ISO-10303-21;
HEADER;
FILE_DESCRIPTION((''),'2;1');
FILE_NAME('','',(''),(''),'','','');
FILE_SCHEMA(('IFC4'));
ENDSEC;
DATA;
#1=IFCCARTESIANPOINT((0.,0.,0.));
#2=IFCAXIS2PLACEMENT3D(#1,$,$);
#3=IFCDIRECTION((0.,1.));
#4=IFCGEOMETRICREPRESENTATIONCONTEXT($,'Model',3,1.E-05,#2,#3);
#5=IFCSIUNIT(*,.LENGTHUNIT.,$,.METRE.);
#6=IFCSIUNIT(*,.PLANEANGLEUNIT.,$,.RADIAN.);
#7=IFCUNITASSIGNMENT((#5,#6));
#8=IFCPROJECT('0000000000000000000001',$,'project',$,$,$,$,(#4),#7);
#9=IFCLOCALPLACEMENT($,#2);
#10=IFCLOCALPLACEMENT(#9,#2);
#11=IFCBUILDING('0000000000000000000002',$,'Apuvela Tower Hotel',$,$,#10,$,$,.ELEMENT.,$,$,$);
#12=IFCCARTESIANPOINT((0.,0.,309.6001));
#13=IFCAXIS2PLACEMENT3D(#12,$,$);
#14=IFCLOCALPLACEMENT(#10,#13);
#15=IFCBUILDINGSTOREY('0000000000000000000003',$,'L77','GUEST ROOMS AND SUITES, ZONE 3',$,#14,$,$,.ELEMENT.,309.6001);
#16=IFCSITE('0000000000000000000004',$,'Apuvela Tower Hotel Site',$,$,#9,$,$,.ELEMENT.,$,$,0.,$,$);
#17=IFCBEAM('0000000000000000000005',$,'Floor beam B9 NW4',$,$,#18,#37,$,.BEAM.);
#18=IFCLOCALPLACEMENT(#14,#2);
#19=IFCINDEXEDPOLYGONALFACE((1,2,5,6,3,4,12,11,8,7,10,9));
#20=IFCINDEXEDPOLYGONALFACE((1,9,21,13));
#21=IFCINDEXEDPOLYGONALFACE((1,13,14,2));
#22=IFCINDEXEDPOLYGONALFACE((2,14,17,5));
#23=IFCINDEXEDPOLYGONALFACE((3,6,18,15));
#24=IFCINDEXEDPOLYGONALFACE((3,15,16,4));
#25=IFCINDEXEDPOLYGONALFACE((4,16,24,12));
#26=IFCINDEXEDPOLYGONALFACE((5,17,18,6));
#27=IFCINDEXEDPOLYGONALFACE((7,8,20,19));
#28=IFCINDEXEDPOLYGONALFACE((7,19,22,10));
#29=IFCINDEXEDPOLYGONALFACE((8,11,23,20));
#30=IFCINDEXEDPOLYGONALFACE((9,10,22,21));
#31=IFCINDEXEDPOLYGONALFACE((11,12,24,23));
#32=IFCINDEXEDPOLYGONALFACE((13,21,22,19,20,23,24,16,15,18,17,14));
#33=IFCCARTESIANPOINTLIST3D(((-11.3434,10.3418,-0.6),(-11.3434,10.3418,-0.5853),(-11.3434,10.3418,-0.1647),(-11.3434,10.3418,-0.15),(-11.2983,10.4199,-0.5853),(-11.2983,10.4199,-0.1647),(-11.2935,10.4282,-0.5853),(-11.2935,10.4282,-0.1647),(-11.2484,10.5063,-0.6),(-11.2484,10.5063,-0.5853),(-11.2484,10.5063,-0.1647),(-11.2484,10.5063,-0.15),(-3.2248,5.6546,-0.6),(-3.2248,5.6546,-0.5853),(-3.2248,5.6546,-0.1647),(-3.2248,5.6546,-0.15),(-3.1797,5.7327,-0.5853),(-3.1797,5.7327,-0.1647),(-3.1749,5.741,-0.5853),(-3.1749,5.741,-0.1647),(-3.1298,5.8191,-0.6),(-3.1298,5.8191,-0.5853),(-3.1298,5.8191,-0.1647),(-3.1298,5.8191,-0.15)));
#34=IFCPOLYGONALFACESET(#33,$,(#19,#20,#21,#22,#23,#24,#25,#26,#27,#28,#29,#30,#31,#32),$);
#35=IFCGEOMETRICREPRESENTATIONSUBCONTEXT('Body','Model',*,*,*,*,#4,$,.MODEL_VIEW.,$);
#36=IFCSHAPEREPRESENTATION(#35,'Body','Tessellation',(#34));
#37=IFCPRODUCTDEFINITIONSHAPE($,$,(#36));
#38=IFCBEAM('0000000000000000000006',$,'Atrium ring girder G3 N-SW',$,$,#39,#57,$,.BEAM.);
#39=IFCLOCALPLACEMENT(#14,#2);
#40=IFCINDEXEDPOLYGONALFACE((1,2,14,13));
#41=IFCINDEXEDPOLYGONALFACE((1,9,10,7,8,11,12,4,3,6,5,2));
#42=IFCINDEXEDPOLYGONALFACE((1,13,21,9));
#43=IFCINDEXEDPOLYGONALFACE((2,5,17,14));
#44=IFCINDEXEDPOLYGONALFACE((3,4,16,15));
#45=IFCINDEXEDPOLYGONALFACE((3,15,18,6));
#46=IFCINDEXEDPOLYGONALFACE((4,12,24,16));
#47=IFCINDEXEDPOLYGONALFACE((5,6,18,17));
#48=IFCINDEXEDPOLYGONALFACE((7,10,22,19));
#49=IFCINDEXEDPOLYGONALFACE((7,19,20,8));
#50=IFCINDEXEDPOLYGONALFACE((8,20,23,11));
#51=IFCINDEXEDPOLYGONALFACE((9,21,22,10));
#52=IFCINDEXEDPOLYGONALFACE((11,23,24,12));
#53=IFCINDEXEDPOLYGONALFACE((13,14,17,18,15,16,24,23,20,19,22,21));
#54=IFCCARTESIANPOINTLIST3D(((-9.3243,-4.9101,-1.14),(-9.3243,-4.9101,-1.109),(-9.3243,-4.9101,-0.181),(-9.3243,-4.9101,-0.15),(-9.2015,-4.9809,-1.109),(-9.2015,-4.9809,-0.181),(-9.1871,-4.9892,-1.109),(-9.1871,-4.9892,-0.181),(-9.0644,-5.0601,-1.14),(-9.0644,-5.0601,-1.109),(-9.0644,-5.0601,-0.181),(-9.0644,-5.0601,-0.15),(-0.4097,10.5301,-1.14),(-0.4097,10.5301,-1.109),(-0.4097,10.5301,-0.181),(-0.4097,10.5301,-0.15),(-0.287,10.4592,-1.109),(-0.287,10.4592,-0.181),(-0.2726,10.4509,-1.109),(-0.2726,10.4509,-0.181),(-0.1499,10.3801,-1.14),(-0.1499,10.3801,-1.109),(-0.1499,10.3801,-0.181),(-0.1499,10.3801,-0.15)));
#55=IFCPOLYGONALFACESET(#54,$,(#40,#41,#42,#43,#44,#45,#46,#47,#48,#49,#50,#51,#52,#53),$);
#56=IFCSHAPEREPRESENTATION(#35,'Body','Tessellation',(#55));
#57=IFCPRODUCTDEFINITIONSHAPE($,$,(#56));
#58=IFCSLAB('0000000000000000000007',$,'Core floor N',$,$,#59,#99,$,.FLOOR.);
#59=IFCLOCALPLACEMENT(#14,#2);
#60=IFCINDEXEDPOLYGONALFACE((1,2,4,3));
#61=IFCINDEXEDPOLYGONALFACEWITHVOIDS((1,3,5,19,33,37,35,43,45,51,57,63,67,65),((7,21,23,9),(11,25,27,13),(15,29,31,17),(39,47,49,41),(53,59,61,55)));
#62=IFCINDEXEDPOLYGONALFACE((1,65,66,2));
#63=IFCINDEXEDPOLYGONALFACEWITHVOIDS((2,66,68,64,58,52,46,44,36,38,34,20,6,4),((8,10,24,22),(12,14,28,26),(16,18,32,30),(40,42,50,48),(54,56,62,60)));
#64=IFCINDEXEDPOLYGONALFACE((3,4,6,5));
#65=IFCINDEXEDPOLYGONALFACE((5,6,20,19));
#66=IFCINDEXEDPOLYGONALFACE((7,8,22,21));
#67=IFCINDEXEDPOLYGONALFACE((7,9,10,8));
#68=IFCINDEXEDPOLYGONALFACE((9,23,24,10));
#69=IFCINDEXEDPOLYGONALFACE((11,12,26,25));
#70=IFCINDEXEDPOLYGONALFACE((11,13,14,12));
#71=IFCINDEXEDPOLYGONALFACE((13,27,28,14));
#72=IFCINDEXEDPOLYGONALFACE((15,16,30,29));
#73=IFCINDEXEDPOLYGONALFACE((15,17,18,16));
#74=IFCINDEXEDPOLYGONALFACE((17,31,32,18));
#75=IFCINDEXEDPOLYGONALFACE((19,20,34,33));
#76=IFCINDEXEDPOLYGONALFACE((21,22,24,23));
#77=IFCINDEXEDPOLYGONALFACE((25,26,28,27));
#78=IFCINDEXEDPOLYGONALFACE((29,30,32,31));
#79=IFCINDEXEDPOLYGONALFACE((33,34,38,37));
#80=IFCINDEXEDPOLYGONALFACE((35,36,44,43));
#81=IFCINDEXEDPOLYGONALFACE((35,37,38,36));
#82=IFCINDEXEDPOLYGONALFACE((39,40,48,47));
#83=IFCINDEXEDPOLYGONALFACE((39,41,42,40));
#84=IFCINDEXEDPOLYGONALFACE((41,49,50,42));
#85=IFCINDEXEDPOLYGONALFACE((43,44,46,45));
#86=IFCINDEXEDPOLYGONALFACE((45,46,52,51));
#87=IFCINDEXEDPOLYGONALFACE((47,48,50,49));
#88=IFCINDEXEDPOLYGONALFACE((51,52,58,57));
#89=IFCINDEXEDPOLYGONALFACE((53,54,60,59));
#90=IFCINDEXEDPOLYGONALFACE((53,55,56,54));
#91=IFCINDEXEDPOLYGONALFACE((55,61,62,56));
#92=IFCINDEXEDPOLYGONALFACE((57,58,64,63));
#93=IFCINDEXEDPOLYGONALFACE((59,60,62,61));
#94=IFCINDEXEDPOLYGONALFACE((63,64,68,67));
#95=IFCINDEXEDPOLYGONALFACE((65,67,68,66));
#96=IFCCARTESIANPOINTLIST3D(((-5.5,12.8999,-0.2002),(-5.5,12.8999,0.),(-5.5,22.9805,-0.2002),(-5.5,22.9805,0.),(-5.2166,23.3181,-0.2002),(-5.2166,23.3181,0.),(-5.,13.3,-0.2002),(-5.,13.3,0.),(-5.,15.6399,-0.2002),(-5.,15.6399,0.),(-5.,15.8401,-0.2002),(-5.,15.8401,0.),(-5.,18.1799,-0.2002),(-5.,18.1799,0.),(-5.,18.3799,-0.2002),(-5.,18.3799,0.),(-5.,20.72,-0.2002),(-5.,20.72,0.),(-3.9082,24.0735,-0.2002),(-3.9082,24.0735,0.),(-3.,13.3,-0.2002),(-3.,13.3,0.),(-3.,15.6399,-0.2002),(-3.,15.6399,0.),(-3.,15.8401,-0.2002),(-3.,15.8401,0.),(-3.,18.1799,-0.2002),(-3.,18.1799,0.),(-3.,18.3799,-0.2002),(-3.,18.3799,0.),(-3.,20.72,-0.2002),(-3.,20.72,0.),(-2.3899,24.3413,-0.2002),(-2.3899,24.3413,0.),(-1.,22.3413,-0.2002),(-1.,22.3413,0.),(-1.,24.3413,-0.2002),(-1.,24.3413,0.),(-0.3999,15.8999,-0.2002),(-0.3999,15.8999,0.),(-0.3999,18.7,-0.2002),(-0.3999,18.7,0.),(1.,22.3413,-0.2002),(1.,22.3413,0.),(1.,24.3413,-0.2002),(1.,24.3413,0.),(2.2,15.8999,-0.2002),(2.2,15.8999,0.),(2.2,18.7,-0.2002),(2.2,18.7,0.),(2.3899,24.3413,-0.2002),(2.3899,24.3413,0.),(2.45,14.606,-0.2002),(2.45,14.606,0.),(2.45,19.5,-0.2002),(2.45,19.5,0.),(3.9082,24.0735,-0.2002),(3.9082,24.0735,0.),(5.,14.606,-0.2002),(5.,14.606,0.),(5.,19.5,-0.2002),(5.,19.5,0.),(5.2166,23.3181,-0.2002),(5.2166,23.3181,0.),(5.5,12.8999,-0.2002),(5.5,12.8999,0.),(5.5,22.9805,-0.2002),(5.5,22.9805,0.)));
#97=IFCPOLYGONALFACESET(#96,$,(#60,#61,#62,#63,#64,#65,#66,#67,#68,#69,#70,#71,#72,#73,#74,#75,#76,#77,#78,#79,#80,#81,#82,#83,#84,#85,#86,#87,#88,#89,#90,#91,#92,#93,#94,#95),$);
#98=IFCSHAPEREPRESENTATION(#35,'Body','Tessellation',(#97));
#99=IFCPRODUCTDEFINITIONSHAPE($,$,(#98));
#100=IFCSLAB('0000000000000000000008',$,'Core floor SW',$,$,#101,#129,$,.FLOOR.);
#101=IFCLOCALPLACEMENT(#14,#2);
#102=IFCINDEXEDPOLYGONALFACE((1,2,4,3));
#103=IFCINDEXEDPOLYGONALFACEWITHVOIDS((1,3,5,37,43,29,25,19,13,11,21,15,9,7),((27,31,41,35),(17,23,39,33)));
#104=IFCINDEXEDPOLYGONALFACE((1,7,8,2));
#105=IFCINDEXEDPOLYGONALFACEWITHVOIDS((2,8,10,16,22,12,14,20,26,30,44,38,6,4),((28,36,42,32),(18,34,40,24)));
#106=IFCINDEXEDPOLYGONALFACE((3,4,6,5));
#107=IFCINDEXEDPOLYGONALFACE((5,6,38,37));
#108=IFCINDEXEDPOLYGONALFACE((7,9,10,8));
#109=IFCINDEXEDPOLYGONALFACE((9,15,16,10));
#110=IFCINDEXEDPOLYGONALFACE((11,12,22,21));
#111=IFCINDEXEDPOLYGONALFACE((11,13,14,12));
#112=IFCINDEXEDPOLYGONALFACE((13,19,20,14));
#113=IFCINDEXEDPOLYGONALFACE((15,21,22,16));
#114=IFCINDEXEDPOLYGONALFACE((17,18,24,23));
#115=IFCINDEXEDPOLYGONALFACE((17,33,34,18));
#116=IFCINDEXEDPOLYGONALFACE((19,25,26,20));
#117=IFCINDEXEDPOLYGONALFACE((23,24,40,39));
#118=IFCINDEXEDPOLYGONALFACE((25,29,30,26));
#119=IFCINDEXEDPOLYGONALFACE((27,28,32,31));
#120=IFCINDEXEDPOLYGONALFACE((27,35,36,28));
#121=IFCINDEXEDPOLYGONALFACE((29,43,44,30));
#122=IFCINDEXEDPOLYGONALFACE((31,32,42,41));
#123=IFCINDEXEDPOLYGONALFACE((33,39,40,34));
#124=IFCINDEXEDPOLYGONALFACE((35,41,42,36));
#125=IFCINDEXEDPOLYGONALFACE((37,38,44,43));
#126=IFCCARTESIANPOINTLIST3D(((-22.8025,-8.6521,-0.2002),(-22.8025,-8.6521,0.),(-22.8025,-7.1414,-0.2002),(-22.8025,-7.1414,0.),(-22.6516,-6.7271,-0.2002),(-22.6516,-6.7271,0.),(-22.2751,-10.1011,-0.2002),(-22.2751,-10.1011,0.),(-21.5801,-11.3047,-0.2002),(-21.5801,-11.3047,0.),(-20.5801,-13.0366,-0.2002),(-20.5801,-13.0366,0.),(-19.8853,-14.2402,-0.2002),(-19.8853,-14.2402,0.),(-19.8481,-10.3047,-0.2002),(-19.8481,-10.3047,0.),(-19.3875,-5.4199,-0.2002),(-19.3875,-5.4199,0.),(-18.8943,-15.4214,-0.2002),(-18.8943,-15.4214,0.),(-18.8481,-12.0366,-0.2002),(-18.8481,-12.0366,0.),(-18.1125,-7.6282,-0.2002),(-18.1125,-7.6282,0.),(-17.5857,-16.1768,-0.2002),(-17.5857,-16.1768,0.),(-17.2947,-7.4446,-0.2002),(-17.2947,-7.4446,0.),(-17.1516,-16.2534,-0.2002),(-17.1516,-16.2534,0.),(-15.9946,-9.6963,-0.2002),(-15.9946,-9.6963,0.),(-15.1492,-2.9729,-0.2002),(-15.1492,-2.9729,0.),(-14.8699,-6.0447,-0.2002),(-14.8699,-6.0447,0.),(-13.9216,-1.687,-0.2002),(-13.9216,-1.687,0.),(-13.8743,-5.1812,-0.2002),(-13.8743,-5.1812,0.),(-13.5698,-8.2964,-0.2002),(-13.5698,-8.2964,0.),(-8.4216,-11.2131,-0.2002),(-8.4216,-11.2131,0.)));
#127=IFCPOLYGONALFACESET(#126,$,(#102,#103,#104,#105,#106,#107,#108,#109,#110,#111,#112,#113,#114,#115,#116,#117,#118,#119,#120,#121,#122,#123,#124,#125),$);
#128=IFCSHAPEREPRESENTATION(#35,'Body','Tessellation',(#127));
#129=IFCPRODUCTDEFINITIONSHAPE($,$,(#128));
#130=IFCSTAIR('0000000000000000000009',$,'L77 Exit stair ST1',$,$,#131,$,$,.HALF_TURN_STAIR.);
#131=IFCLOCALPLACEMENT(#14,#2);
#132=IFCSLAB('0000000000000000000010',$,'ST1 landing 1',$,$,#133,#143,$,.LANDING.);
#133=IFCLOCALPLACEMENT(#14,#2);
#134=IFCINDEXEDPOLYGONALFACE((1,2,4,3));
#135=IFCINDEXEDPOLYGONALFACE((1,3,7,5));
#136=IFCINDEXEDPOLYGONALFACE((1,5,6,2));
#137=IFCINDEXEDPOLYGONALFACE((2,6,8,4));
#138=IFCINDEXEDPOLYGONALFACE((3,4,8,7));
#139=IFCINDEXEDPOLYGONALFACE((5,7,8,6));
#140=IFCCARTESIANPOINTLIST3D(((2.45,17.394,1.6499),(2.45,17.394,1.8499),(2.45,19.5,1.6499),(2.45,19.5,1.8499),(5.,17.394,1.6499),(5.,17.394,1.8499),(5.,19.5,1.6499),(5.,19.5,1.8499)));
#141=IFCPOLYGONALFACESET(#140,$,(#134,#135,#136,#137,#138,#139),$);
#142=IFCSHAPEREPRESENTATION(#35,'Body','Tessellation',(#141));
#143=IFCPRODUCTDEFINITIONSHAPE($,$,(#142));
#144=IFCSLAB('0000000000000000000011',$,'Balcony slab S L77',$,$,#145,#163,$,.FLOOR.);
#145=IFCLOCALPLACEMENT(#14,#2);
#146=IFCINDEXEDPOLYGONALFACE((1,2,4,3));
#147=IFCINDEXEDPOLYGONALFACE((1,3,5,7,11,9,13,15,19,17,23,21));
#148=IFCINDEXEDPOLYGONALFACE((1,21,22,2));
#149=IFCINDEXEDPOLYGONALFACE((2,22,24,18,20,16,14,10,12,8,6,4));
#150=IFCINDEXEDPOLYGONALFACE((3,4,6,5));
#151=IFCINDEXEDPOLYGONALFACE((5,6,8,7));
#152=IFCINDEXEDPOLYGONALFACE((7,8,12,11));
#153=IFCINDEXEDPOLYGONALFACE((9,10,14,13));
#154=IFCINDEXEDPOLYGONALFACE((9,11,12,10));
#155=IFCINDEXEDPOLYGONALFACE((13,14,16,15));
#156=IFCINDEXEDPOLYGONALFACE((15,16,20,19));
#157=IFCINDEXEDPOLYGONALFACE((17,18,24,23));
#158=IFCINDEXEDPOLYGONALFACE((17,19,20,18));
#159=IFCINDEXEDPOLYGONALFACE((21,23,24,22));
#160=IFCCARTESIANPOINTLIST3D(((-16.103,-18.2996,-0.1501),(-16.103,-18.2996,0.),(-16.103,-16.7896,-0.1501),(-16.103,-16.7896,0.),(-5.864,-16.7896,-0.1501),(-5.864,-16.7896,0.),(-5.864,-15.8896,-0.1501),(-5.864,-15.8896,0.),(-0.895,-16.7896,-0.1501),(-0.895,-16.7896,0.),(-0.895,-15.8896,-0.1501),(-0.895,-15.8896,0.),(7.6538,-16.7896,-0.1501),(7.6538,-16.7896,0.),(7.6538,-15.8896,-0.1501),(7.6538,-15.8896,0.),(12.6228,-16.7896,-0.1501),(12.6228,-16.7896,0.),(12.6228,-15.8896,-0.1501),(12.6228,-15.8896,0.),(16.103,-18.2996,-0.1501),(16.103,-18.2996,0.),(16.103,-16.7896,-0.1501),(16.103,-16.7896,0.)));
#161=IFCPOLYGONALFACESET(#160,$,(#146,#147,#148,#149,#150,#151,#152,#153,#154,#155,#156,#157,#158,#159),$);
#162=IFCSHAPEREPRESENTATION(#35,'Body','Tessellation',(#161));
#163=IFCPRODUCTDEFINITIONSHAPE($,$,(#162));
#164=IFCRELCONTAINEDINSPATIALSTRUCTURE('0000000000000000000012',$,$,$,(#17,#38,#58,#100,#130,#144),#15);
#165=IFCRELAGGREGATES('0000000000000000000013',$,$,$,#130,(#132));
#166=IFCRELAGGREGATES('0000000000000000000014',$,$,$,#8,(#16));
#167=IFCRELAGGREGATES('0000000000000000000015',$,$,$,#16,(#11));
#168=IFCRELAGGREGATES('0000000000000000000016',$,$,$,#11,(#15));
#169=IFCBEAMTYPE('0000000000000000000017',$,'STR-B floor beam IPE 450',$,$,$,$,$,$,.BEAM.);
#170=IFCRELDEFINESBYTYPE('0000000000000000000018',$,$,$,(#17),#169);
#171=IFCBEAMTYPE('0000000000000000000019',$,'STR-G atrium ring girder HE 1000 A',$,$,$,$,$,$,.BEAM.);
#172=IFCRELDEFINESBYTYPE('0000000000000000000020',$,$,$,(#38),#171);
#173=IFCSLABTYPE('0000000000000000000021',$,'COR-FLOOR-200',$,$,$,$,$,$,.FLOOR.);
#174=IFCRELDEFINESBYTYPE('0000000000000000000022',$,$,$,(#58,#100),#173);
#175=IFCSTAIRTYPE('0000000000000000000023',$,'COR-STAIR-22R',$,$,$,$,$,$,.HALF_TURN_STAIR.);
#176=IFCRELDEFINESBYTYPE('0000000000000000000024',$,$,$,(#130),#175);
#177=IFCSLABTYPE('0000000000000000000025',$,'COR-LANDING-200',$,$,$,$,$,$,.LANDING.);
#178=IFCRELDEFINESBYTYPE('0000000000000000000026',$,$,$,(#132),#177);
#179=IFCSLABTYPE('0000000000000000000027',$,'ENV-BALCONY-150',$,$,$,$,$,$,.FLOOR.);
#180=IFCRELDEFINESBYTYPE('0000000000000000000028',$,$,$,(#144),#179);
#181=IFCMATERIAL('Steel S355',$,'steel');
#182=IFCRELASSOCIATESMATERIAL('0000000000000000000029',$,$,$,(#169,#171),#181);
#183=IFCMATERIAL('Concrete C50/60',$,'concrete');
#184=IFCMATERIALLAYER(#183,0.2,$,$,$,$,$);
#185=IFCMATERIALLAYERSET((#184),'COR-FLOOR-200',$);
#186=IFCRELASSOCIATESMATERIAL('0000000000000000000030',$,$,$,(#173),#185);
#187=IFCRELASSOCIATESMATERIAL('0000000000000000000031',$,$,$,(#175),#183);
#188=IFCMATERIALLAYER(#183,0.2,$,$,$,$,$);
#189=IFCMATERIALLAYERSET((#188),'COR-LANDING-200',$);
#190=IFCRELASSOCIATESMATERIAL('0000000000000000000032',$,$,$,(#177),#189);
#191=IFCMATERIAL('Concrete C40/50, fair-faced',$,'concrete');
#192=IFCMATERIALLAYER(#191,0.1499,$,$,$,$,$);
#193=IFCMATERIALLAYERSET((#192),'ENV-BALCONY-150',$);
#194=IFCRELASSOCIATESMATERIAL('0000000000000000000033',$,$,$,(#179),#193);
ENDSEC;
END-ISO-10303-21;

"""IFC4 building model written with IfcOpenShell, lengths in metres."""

from ifc_helpers import new_model, si_unit, direction, frame, origin, origin_2d, place, context, subcontext, project, spatial, polyline, i_section, outline, extrude, material, layer, layer_set, material_profile, profile_set, type_object, element, aggregate, save


model = new_model("IFC4")

# Units and contexts
model_context = context("Model", 3, precision=1e-05, world=origin(), true_north=direction((0.0, 1.0)))
body_context = subcontext(model_context, "Body", "Model", "MODEL_VIEW")
ifc_project = project(units=[si_unit("LENGTHUNIT", "METRE"), si_unit("PLANEANGLEUNIT", "RADIAN")], contexts=[model_context])

# Site, building, storey
site_placement = place(None, origin())
site = spatial("IfcSite", under=ifc_project, at=site_placement, Name="Apuvela Tower Hotel Site", CompositionType="ELEMENT", RefElevation=0.0)
building_placement = place(site_placement, origin())
building = spatial("IfcBuilding", under=site, at=building_placement, Name="Apuvela Tower Hotel", CompositionType="ELEMENT")
storey_placement = place(building_placement, frame((0.0, 0.0, 309.6001)))
storey = spatial("IfcBuildingStorey", under=building, at=storey_placement, Name="L77", Description="GUEST ROOMS AND SUITES, ZONE 3", CompositionType="ELEMENT", Elevation=309.6001)

# Beams
ifc_material_1 = material(Name="Steel S355", Category="steel")
ifc_material_profile_1 = material_profile(ifc_material_1, i_section(OverallWidth=0.1899, OverallDepth=0.45, WebThickness=0.0095, FlangeThickness=0.0146, at=origin_2d()), Name="IPE 450")
ifc_profile_set_1 = profile_set([ifc_material_profile_1], Name="Steel S355")
beam_type_1 = type_object("IfcBeamType", Name="STR-B floor beam IPE 450", PredefinedType="BEAM", material=ifc_profile_set_1)
beam_1_placement = place(storey_placement, frame((-11.2959, 10.4241, -0.375), z_axis=(0.866028, -0.499996, 0.0), x_axis=(0.499996, 0.866028, 0.0)))
element("IfcBeam", 1, at=beam_1_placement, inside=storey, type_object=beam_type_1, Name="Floor beam B9 NW4", PredefinedType="BEAM", context=body_context, shape_type="SweptSolid", body=[
    extrude(i_section(OverallWidth=0.1899, OverallDepth=0.45, WebThickness=0.0095, FlangeThickness=0.0146, at=origin_2d()), origin(), (0.0, 0.0, 1.0), 9.3745),
])
ifc_material_profile_2 = material_profile(ifc_material_1, i_section(OverallWidth=0.3, OverallDepth=0.99, WebThickness=0.0166, FlangeThickness=0.031, at=origin_2d()), Name="HE 1000 A")
ifc_profile_set_2 = profile_set([ifc_material_profile_2], Name="Steel S355")
beam_type_2 = type_object("IfcBeamType", Name="STR-G atrium ring girder HE 1000 A", PredefinedType="BEAM", material=ifc_profile_set_2)
beam_2_placement = place(storey_placement, frame((-0.2798, 10.4551, -0.645), z_axis=(-0.500007, -0.866022, 0.0), x_axis=(0.866022, -0.500007, 0.0)))
element("IfcBeam", 2, at=beam_2_placement, inside=storey, type_object=beam_type_2, Name="Atrium ring girder G3 N-SW", PredefinedType="BEAM", context=body_context, shape_type="SweptSolid", body=[
    extrude(i_section(OverallWidth=0.3, OverallDepth=0.99, WebThickness=0.0166, FlangeThickness=0.031, at=origin_2d()), origin(), (0.0, 0.0, 1.0), 17.8289),
])

# Slabs
ifc_material_2 = material(Name="Concrete C50/60", Category="concrete")
ifc_layer_1 = layer(ifc_material_2, 0.2)
ifc_layer_set_1 = layer_set([ifc_layer_1], Name="COR-FLOOR-200")
slab_type_1 = type_object("IfcSlabType", Name="COR-FLOOR-200", PredefinedType="FLOOR", material=ifc_layer_set_1)
slab_1_placement = place(storey_placement, frame((0.0, 0.0, -0.2002)))
element("IfcSlab", 3, at=slab_1_placement, inside=storey, type_object=slab_type_1, Name="Core floor N", PredefinedType="FLOOR", context=body_context, shape_type="SweptSolid", body=[
    extrude(outline(polyline([(5.5, 22.9805), (5.2166, 23.3181), (3.9082, 24.0735), (2.3899, 24.3413), (1.0, 24.3413), (1.0, 22.3413), (-1.0, 22.3413), (-1.0, 24.3413), (-2.3899, 24.3413), (-3.9082, 24.0735), (-5.2166, 23.3181), (-5.5, 22.9805), (-5.5, 12.8999), (5.5, 12.8999), (5.5, 22.9805)]), holes=[polyline([(-3.0, 13.3), (-5.0, 13.3), (-5.0, 15.6399), (-3.0, 15.6399), (-3.0, 13.3)]), polyline([(-3.0, 15.8401), (-5.0, 15.8401), (-5.0, 18.1799), (-3.0, 18.1799), (-3.0, 15.8401)]), polyline([(5.0, 14.606), (2.45, 14.606), (2.45, 19.5), (5.0, 19.5), (5.0, 14.606)]), polyline([(2.2, 18.7), (2.2, 15.8999), (-0.3999, 15.8999), (-0.3999, 18.7), (2.2, 18.7)]), polyline([(-3.0, 20.72), (-3.0, 18.3799), (-5.0, 18.3799), (-5.0, 20.72), (-3.0, 20.72)])]), origin(), (0.0, 0.0, 1.0), 0.2002),
])
slab_2_placement = place(storey_placement, frame((0.0, 0.0, -0.2002)))
element("IfcSlab", 4, at=slab_2_placement, inside=storey, type_object=slab_type_1, Name="Core floor SW", PredefinedType="FLOOR", context=body_context, shape_type="SweptSolid", body=[
    extrude(outline(polyline([(-22.6516, -6.7271), (-22.8025, -7.1414), (-22.8025, -8.6521), (-22.2751, -10.1011), (-21.5801, -11.3047), (-19.8481, -10.3047), (-18.8481, -12.0366), (-20.5801, -13.0366), (-19.8853, -14.2402), (-18.8943, -15.4214), (-17.5857, -16.1768), (-17.1516, -16.2534), (-8.4216, -11.2131), (-13.9216, -1.687), (-22.6516, -6.7271)]), holes=[polyline([(-13.8743, -5.1812), (-18.1125, -7.6282), (-19.3875, -5.4199), (-15.1492, -2.9729), (-13.8743, -5.1812)]), polyline([(-13.5698, -8.2964), (-15.9946, -9.6963), (-17.2947, -7.4446), (-14.8699, -6.0447), (-13.5698, -8.2964)])]), origin(), (0.0, 0.0, 1.0), 0.2002),
])

# Stair, slab
stair_type = type_object("IfcStairType", Name="COR-STAIR-22R", PredefinedType="HALF_TURN_STAIR", material=ifc_material_2)
stair_placement = place(storey_placement, origin())
stair = element("IfcStair", 5, at=stair_placement, inside=storey, type_object=stair_type, Name="L77 Exit stair ST1", PredefinedType="HALF_TURN_STAIR")
ifc_layer_2 = layer(ifc_material_2, 0.2)
ifc_layer_set_2 = layer_set([ifc_layer_2], Name="COR-LANDING-200")
slab_type_2 = type_object("IfcSlabType", Name="COR-LANDING-200", PredefinedType="LANDING", material=ifc_layer_set_2)
slab_3_placement = place(storey_placement, frame((0.0, 0.0, 1.6499)))
slab_3 = element("IfcSlab", 6, at=slab_3_placement, type_object=slab_type_2, Name="ST1 landing 1", PredefinedType="LANDING", context=body_context, shape_type="SweptSolid", body=[
    extrude(outline(polyline([(5.0, 17.394), (5.0, 19.5), (2.45, 19.5), (2.45, 17.394), (5.0, 17.394)])), origin(), (0.0, 0.0, 1.0), 0.2),
])
aggregate(stair, [slab_3])

# Slab
ifc_material_3 = material(Name="Concrete C40/50, fair-faced", Category="concrete")
ifc_layer_3 = layer(ifc_material_3, 0.1499)
ifc_layer_set_3 = layer_set([ifc_layer_3], Name="ENV-BALCONY-150")
slab_type_3 = type_object("IfcSlabType", Name="ENV-BALCONY-150", PredefinedType="FLOOR", material=ifc_layer_set_3)
slab_4_placement = place(storey_placement, frame((0.0, 0.0, -0.1501)))
element("IfcSlab", 7, at=slab_4_placement, inside=storey, type_object=slab_type_3, Name="Balcony slab S L77", PredefinedType="FLOOR", context=body_context, shape_type="SweptSolid", body=[
    extrude(outline(polyline([(16.103, -18.2996), (-16.103, -18.2996), (-16.103, -16.7896), (-5.864, -16.7896), (-5.864, -15.8896), (-0.895, -15.8896), (-0.895, -16.7896), (7.6538, -16.7896), (7.6538, -15.8896), (12.6228, -15.8896), (12.6228, -16.7896), (16.103, -16.7896), (16.103, -18.2996)])), origin(), (0.0, 0.0, 1.0), 0.1501),
])

save(model, "model.ifc")
